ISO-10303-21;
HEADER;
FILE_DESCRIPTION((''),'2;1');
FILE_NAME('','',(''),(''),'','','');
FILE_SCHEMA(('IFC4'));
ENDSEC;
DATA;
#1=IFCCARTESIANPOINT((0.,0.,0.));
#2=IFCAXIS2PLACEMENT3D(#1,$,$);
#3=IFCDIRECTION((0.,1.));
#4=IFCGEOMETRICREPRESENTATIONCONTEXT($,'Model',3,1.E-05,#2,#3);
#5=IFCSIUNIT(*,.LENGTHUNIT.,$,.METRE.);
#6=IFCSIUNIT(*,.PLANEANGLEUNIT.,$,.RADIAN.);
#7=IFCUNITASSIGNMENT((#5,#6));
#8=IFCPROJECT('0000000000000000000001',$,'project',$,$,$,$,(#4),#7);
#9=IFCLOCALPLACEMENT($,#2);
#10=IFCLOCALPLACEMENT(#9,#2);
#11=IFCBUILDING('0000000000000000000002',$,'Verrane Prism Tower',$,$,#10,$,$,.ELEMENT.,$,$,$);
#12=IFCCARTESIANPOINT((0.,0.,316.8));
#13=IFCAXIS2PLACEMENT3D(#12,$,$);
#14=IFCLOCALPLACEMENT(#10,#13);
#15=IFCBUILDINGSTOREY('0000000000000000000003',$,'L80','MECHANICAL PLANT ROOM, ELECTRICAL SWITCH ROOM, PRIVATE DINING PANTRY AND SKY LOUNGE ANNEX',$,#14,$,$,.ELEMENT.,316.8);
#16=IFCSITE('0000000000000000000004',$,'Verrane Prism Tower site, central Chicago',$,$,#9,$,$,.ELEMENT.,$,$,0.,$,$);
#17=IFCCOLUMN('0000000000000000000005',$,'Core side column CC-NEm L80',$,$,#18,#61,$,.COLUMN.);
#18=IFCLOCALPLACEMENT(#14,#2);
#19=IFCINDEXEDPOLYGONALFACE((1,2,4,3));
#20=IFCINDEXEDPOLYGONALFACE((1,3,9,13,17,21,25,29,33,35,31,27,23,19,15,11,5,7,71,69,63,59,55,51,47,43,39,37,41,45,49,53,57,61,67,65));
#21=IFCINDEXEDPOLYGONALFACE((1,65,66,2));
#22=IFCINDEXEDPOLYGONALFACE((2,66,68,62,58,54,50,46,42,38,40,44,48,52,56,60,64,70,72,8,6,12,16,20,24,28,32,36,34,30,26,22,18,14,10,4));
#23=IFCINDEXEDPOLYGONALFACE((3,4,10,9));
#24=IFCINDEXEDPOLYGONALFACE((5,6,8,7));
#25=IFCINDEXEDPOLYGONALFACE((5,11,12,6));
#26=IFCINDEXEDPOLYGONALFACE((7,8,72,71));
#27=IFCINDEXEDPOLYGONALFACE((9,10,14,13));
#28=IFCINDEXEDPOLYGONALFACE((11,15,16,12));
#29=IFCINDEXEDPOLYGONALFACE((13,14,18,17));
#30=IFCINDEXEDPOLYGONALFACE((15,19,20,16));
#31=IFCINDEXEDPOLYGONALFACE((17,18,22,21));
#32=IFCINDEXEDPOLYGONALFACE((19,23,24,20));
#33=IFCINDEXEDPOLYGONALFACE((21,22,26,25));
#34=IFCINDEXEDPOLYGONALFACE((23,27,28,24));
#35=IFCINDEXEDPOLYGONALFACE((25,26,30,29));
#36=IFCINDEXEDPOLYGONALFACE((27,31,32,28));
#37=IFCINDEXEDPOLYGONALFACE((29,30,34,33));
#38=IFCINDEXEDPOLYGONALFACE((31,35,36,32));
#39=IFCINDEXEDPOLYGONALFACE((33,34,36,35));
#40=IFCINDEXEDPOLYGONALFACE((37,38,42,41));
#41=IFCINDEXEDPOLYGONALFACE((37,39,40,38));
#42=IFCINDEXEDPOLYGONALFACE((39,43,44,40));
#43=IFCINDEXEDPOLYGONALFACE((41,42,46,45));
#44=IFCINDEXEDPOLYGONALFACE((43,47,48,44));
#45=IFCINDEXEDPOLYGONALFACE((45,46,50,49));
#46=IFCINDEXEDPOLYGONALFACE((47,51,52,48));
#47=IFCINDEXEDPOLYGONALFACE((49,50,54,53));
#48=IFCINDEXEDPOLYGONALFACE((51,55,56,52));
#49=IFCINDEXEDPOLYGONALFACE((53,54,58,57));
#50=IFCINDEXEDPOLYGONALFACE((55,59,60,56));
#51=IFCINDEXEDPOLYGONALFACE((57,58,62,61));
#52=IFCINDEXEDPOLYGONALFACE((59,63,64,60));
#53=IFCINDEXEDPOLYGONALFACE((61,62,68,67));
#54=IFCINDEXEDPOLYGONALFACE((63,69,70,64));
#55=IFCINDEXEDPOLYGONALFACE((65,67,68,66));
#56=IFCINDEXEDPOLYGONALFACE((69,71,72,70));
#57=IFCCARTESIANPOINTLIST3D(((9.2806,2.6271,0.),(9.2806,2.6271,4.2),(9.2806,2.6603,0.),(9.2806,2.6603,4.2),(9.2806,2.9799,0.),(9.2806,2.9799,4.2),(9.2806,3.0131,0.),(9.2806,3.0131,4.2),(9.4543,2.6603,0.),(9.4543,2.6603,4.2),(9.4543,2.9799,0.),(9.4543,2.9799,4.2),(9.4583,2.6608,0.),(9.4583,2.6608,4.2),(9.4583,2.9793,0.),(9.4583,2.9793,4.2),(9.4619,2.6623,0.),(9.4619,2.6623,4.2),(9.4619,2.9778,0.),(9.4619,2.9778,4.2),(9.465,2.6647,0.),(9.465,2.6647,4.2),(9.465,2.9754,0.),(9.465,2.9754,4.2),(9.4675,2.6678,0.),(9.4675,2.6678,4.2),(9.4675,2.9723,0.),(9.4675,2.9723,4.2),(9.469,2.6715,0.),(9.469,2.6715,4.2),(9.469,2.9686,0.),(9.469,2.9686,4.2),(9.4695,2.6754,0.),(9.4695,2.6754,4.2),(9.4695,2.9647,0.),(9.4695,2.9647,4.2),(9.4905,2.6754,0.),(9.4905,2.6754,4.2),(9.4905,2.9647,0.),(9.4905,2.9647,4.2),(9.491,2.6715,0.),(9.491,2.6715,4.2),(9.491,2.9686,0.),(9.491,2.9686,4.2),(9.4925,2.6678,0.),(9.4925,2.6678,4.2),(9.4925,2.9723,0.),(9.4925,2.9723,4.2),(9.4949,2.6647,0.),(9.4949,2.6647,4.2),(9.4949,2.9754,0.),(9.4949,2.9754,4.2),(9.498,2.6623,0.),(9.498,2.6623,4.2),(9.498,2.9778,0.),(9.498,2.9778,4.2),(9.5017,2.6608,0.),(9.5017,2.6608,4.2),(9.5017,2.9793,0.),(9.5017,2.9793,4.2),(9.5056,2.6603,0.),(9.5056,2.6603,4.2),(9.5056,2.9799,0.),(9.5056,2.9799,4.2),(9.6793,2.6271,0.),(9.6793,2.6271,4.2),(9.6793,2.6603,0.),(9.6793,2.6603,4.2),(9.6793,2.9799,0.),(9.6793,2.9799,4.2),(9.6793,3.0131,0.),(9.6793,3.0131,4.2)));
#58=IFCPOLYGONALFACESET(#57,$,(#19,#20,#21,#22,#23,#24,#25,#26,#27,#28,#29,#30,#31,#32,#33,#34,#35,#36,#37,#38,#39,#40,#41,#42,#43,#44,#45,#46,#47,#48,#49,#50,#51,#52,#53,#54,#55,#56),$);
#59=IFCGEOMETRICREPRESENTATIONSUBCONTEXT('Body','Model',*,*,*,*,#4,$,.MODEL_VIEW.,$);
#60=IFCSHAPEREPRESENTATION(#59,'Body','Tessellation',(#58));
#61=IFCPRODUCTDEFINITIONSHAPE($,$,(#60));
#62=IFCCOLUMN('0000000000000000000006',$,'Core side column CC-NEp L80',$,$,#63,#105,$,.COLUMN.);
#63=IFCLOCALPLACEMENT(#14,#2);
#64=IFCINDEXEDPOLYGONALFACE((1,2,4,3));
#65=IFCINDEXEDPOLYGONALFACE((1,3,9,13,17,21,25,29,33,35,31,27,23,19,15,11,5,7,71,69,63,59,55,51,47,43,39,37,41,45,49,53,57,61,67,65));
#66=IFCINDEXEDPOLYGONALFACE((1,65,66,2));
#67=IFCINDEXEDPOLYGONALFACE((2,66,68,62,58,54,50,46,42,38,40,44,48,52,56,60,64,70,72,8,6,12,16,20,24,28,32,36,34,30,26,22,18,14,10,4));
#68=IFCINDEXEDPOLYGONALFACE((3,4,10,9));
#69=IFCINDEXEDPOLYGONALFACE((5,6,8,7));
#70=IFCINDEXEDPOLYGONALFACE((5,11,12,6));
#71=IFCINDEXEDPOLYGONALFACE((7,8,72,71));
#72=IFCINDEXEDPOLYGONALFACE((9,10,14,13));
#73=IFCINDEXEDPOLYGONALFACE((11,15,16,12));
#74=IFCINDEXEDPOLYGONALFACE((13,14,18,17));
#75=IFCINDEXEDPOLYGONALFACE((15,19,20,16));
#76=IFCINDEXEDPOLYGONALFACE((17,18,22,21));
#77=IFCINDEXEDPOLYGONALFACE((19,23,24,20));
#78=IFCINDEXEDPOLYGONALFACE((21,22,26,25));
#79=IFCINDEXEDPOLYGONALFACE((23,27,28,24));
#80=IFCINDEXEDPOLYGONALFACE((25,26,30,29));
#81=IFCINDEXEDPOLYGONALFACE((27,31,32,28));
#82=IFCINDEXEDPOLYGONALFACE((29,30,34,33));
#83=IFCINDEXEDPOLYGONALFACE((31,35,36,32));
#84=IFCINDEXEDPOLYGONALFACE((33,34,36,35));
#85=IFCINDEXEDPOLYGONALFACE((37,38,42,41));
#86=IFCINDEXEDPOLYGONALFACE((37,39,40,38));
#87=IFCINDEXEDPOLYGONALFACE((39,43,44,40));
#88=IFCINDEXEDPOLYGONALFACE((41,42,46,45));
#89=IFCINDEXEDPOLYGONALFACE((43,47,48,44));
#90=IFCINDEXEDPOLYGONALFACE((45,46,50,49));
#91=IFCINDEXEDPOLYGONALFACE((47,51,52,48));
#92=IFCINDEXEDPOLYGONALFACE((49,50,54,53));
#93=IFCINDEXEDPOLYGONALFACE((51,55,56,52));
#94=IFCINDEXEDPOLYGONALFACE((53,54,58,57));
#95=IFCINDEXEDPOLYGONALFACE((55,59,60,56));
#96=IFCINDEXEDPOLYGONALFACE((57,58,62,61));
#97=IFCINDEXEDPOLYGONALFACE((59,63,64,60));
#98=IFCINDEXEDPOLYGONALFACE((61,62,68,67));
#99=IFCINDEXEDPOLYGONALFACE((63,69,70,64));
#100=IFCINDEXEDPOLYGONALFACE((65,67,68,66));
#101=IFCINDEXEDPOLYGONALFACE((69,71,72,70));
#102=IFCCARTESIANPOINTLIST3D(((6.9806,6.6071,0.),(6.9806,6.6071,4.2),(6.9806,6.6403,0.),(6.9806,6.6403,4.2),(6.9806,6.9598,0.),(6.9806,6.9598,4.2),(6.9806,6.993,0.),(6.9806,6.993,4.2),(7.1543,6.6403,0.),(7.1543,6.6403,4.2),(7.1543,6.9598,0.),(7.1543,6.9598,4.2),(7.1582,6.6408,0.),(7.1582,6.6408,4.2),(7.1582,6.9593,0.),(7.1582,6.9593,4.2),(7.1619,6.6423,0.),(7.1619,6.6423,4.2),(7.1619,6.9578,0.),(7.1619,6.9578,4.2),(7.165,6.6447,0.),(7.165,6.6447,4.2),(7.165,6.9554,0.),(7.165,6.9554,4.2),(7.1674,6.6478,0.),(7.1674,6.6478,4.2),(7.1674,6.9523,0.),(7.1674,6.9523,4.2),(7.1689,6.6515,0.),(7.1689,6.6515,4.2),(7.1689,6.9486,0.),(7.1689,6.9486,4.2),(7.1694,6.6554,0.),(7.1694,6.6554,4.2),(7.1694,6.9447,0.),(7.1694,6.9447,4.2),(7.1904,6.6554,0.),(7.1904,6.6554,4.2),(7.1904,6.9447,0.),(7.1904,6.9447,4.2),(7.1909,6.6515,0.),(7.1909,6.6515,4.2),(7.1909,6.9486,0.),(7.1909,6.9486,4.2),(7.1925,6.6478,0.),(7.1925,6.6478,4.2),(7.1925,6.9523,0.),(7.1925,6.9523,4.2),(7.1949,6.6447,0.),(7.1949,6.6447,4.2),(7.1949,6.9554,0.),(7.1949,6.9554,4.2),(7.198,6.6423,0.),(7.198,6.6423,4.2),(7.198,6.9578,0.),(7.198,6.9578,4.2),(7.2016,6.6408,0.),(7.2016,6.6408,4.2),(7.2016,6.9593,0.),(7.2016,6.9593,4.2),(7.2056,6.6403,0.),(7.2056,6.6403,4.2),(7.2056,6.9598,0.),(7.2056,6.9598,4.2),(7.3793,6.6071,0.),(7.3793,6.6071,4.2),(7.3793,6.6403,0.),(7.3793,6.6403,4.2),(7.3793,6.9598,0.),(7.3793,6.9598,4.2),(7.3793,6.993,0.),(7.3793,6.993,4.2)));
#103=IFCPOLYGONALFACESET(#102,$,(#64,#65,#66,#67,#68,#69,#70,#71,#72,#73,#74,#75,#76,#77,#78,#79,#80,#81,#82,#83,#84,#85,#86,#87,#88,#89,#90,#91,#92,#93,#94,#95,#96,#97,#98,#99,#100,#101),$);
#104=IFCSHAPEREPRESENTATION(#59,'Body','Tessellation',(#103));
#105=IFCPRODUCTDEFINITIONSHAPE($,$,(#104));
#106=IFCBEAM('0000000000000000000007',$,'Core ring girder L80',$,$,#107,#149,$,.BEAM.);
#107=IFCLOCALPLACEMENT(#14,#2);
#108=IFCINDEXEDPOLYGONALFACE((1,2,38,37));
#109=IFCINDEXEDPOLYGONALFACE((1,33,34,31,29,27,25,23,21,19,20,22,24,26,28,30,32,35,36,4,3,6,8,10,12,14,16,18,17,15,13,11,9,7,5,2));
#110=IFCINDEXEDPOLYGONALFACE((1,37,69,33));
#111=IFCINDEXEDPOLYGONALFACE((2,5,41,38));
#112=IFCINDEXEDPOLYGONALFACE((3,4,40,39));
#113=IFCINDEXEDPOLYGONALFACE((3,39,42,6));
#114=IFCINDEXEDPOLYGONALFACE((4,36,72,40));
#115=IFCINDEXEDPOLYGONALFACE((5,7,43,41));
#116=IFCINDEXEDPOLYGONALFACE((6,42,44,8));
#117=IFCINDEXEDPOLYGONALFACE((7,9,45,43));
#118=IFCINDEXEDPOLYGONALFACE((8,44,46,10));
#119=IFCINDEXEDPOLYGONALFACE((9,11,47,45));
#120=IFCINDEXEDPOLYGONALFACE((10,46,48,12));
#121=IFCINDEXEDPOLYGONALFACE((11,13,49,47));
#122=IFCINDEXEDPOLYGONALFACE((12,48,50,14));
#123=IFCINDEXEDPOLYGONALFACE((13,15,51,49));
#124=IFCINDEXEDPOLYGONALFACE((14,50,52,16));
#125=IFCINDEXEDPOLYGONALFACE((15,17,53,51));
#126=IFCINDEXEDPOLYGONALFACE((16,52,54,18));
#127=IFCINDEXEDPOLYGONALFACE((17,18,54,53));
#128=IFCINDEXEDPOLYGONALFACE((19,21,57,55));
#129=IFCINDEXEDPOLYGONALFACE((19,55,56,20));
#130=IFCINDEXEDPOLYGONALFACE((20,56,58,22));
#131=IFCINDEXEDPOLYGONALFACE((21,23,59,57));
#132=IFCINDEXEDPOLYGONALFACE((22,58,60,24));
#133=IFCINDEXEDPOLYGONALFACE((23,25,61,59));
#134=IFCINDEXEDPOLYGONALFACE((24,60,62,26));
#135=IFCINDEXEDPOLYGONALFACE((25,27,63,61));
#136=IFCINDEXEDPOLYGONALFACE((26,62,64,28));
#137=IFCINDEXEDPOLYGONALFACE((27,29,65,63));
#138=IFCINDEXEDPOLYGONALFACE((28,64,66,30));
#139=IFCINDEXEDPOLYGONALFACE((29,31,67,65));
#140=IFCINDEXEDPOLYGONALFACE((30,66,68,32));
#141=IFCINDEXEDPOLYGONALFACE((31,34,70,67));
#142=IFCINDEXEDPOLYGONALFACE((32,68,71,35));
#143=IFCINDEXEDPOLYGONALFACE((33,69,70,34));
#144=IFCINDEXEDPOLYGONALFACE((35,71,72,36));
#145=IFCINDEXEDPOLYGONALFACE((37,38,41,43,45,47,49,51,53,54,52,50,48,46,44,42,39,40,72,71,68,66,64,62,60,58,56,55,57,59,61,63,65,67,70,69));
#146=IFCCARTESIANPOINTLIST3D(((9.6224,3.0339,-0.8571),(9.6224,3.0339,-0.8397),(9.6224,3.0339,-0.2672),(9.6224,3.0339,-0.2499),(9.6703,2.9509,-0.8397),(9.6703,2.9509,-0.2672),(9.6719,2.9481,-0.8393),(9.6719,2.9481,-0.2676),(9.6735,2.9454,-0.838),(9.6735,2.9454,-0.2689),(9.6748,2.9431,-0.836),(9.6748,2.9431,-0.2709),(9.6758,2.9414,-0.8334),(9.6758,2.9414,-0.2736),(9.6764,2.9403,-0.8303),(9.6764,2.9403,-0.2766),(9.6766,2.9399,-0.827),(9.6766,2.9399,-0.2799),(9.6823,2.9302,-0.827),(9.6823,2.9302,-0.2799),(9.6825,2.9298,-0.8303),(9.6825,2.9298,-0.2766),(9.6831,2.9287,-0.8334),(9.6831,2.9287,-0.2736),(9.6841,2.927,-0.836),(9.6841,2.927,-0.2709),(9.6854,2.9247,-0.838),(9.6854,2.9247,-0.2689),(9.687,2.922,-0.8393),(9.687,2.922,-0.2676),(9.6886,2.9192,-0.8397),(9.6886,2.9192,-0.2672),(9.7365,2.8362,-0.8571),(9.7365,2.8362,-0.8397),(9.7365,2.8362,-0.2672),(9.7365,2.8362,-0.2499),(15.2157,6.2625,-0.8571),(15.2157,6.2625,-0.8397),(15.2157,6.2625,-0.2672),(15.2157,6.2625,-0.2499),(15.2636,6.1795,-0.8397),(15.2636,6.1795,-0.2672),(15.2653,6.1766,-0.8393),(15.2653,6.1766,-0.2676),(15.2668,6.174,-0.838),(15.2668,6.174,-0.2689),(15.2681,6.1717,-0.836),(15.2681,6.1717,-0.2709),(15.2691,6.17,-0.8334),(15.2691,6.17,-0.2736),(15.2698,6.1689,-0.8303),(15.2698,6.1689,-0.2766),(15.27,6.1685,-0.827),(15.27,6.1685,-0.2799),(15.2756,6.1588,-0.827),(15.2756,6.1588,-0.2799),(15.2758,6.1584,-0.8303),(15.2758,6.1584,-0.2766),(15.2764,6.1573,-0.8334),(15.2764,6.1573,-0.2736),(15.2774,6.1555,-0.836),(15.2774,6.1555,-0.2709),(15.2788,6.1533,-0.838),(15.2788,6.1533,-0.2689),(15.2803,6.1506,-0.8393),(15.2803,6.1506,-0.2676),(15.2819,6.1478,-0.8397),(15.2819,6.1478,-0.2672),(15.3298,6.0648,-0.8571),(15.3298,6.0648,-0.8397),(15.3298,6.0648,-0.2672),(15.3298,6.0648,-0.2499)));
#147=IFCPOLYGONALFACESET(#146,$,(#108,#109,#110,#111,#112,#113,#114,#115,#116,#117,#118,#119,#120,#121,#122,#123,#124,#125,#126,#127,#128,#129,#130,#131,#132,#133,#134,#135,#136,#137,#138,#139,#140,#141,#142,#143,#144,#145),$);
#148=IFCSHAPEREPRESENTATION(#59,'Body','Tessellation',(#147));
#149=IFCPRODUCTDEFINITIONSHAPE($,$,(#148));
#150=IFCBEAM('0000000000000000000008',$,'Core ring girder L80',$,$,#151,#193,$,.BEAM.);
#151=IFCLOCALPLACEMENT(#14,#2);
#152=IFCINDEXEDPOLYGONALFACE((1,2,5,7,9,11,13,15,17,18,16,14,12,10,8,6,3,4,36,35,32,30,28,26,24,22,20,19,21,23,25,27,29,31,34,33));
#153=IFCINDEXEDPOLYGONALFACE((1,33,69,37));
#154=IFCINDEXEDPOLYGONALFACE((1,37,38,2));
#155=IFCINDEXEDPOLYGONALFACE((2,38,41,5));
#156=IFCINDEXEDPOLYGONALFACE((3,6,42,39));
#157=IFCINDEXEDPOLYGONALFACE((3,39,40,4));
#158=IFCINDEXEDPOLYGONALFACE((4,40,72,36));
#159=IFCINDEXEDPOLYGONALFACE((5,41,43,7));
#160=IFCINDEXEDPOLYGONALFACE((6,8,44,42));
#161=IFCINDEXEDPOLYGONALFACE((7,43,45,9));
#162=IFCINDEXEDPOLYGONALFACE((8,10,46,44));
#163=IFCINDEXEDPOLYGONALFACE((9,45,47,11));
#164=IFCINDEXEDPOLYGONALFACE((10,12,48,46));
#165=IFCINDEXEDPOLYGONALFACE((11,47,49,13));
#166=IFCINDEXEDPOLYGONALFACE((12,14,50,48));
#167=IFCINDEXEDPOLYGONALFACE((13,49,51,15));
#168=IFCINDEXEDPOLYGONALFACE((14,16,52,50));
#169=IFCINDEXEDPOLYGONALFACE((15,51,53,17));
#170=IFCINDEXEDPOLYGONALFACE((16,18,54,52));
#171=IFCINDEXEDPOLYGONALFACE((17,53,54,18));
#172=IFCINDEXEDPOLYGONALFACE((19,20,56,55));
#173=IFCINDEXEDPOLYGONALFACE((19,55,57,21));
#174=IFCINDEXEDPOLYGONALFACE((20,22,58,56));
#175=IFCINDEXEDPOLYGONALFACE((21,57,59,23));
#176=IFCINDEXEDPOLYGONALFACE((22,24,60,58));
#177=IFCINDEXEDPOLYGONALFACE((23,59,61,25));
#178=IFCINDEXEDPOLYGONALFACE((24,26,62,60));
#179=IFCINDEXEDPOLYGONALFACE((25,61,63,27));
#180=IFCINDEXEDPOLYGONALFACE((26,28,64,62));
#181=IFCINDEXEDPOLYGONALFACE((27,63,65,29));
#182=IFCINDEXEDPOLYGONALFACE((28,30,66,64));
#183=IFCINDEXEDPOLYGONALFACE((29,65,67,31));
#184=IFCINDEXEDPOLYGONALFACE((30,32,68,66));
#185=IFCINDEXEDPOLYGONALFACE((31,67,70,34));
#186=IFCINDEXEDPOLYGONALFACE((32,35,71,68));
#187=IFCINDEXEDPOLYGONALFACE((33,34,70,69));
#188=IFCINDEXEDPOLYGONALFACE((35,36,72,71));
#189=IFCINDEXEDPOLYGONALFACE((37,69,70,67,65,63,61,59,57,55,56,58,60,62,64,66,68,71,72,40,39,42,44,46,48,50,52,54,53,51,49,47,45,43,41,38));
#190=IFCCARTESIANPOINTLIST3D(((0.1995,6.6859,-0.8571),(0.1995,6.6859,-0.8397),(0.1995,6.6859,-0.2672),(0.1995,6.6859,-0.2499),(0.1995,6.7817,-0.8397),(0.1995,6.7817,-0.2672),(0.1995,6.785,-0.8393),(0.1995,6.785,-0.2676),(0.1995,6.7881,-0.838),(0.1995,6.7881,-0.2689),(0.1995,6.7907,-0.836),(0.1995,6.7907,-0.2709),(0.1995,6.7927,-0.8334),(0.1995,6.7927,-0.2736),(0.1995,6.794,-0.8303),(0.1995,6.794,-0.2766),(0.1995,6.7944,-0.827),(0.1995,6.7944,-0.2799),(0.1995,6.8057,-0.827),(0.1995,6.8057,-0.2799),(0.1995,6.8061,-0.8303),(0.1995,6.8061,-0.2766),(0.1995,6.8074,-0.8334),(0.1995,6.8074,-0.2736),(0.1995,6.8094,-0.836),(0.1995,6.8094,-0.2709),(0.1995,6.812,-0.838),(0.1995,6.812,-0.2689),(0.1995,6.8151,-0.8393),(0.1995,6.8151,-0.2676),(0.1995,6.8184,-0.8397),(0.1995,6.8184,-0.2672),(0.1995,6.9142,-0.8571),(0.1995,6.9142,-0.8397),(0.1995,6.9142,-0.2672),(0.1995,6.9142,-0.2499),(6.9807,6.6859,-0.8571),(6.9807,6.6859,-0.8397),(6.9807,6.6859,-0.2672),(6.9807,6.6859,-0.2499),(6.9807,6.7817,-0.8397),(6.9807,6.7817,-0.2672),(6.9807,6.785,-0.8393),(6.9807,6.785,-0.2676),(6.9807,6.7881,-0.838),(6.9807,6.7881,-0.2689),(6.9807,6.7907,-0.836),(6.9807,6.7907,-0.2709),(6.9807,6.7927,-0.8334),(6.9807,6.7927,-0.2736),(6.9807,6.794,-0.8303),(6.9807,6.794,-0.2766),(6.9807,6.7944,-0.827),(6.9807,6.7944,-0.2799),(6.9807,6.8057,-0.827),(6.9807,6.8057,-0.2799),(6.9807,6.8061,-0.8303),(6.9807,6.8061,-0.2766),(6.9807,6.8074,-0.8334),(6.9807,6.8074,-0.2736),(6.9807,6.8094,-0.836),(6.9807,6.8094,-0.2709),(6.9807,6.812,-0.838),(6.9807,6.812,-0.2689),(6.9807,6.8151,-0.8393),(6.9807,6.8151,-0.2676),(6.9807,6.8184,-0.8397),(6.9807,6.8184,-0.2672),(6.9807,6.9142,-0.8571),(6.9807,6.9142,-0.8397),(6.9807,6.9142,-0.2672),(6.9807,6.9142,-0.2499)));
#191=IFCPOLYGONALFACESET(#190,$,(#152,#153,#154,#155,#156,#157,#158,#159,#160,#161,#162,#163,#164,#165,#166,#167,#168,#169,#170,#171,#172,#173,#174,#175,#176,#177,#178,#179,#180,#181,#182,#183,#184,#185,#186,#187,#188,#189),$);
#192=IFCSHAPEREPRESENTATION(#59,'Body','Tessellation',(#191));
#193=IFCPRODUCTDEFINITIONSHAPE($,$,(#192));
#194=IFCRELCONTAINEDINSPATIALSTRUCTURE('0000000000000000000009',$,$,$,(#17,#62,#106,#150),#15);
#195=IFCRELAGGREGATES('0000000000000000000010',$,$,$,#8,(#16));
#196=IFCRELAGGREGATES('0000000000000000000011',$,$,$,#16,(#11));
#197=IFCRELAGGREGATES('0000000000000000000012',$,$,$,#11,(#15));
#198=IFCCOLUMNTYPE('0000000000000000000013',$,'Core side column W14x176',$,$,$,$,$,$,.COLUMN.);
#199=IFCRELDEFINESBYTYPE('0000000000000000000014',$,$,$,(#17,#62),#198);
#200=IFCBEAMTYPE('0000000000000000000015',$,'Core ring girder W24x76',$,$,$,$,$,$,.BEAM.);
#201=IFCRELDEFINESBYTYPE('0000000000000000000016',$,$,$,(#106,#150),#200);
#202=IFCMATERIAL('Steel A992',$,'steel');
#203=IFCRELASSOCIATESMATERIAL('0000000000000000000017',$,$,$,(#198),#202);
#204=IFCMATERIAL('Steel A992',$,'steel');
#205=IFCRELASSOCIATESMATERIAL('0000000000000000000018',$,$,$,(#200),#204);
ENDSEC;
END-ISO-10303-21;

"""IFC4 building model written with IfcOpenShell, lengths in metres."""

from ifc_helpers import new_model, si_unit, direction, frame, origin, origin_2d, place, context, subcontext, project, spatial, i_section, extrude, material, material_profile, profile_set, type_object, element, save


model = new_model("IFC4")

# Units and contexts
model_context = context("Model", 3, precision=1e-05, world=origin(), true_north=direction((0.0, 1.0)))
body_context = subcontext(model_context, "Body", "Model", "MODEL_VIEW")
ifc_project = project(units=[si_unit("LENGTHUNIT", "METRE"), si_unit("PLANEANGLEUNIT", "RADIAN")], contexts=[model_context])

# Site, building, storey
site_placement = place(None, origin())
site = spatial("IfcSite", under=ifc_project, at=site_placement, Name="Verrane Prism Tower site, central Chicago", CompositionType="ELEMENT", RefElevation=0.0)
building_placement = place(site_placement, origin())
building = spatial("IfcBuilding", under=site, at=building_placement, Name="Verrane Prism Tower", CompositionType="ELEMENT")
storey_placement = place(building_placement, frame((0.0, 0.0, 316.8)))
storey = spatial("IfcBuildingStorey", under=building, at=storey_placement, Name="L80", Description="MECHANICAL PLANT ROOM, ELECTRICAL SWITCH ROOM, PRIVATE DINING PANTRY AND SKY LOUNGE ANNEX", CompositionType="ELEMENT", Elevation=316.8)

# Columns
ifc_material_1 = material(Name="Steel A992", Category="steel")
ifc_material_profile_1 = material_profile(ifc_material_1, i_section(OverallWidth=0.3987, OverallDepth=0.386, WebThickness=0.021, FlangeThickness=0.0332, FilletRadius=0.0151, at=origin_2d()), Name="W14x176")
ifc_profile_set_1 = profile_set([ifc_material_profile_1], Name="Steel A992")
column_type = type_object("IfcColumnType", Name="Core side column W14x176", PredefinedType="COLUMN", material=ifc_profile_set_1)
for number, where, z_axis, x_axis, name in (
    (1, (9.48, 2.8201, 0.0), (0.0, 0.0, 1.0), (1.0, 0.0, 0.0), "Core side column CC-NEm L80"),
    (2, (7.1799, 6.8, 0.0), (0.0, 0.0, 1.0), (1.0, 0.0, 0.0), "Core side column CC-NEp L80"),
):
    element("IfcColumn", number, at=place(storey_placement, frame(where, z_axis=z_axis, x_axis=x_axis)), inside=storey, type_object=column_type, Name=name, PredefinedType="COLUMN", context=body_context, shape_type="SweptSolid", body=[
        extrude(i_section(OverallWidth=0.3987, OverallDepth=0.386, WebThickness=0.021, FlangeThickness=0.0332, FilletRadius=0.0151, at=origin_2d()), origin(), (0.0, 0.0, 1.0), 4.2),
    ])

# Beams
ifc_material_2 = material(Name="Steel A992", Category="steel")
ifc_material_profile_2 = material_profile(ifc_material_2, i_section(OverallWidth=0.2283, OverallDepth=0.6072, WebThickness=0.0112, FlangeThickness=0.0173, FilletRadius=0.0127, at=origin_2d()), Name="W24x76")
ifc_profile_set_2 = profile_set([ifc_material_profile_2], Name="Steel A992")
beam_type_1 = type_object("IfcBeamType", Name="Core ring girder W24x76", PredefinedType="BEAM", material=ifc_profile_set_2)
beam_1_placement = place(storey_placement, frame((9.6794, 2.9351, -0.5535), z_axis=(0.866076, 0.499912, 0.0), x_axis=(-0.499912, 0.866076, 0.0)))
element("IfcBeam", 3, at=beam_1_placement, inside=storey, type_object=beam_type_1, Name="Core ring girder L80", PredefinedType="BEAM", context=body_context, shape_type="SweptSolid", body=[
    extrude(i_section(OverallWidth=0.2283, OverallDepth=0.6072, WebThickness=0.0112, FlangeThickness=0.0173, FilletRadius=0.0127, at=origin_2d()), origin(), (0.0, 0.0, 1.0), 6.4583),
])
beam_2_placement = place(storey_placement, frame((6.9807, 6.8, -0.5535), z_axis=(-1.0, 0.0, 0.0), x_axis=(0.0, -1.0, 0.0)))
element("IfcBeam", 4, at=beam_2_placement, inside=storey, type_object=beam_type_1, Name="Core ring girder L80", PredefinedType="BEAM", context=body_context, shape_type="SweptSolid", body=[
    extrude(i_section(OverallWidth=0.2283, OverallDepth=0.6072, WebThickness=0.0112, FlangeThickness=0.0173, FilletRadius=0.0127, at=origin_2d()), origin(), (0.0, 0.0, 1.0), 6.7812),
])

save(model, "model.ifc")
